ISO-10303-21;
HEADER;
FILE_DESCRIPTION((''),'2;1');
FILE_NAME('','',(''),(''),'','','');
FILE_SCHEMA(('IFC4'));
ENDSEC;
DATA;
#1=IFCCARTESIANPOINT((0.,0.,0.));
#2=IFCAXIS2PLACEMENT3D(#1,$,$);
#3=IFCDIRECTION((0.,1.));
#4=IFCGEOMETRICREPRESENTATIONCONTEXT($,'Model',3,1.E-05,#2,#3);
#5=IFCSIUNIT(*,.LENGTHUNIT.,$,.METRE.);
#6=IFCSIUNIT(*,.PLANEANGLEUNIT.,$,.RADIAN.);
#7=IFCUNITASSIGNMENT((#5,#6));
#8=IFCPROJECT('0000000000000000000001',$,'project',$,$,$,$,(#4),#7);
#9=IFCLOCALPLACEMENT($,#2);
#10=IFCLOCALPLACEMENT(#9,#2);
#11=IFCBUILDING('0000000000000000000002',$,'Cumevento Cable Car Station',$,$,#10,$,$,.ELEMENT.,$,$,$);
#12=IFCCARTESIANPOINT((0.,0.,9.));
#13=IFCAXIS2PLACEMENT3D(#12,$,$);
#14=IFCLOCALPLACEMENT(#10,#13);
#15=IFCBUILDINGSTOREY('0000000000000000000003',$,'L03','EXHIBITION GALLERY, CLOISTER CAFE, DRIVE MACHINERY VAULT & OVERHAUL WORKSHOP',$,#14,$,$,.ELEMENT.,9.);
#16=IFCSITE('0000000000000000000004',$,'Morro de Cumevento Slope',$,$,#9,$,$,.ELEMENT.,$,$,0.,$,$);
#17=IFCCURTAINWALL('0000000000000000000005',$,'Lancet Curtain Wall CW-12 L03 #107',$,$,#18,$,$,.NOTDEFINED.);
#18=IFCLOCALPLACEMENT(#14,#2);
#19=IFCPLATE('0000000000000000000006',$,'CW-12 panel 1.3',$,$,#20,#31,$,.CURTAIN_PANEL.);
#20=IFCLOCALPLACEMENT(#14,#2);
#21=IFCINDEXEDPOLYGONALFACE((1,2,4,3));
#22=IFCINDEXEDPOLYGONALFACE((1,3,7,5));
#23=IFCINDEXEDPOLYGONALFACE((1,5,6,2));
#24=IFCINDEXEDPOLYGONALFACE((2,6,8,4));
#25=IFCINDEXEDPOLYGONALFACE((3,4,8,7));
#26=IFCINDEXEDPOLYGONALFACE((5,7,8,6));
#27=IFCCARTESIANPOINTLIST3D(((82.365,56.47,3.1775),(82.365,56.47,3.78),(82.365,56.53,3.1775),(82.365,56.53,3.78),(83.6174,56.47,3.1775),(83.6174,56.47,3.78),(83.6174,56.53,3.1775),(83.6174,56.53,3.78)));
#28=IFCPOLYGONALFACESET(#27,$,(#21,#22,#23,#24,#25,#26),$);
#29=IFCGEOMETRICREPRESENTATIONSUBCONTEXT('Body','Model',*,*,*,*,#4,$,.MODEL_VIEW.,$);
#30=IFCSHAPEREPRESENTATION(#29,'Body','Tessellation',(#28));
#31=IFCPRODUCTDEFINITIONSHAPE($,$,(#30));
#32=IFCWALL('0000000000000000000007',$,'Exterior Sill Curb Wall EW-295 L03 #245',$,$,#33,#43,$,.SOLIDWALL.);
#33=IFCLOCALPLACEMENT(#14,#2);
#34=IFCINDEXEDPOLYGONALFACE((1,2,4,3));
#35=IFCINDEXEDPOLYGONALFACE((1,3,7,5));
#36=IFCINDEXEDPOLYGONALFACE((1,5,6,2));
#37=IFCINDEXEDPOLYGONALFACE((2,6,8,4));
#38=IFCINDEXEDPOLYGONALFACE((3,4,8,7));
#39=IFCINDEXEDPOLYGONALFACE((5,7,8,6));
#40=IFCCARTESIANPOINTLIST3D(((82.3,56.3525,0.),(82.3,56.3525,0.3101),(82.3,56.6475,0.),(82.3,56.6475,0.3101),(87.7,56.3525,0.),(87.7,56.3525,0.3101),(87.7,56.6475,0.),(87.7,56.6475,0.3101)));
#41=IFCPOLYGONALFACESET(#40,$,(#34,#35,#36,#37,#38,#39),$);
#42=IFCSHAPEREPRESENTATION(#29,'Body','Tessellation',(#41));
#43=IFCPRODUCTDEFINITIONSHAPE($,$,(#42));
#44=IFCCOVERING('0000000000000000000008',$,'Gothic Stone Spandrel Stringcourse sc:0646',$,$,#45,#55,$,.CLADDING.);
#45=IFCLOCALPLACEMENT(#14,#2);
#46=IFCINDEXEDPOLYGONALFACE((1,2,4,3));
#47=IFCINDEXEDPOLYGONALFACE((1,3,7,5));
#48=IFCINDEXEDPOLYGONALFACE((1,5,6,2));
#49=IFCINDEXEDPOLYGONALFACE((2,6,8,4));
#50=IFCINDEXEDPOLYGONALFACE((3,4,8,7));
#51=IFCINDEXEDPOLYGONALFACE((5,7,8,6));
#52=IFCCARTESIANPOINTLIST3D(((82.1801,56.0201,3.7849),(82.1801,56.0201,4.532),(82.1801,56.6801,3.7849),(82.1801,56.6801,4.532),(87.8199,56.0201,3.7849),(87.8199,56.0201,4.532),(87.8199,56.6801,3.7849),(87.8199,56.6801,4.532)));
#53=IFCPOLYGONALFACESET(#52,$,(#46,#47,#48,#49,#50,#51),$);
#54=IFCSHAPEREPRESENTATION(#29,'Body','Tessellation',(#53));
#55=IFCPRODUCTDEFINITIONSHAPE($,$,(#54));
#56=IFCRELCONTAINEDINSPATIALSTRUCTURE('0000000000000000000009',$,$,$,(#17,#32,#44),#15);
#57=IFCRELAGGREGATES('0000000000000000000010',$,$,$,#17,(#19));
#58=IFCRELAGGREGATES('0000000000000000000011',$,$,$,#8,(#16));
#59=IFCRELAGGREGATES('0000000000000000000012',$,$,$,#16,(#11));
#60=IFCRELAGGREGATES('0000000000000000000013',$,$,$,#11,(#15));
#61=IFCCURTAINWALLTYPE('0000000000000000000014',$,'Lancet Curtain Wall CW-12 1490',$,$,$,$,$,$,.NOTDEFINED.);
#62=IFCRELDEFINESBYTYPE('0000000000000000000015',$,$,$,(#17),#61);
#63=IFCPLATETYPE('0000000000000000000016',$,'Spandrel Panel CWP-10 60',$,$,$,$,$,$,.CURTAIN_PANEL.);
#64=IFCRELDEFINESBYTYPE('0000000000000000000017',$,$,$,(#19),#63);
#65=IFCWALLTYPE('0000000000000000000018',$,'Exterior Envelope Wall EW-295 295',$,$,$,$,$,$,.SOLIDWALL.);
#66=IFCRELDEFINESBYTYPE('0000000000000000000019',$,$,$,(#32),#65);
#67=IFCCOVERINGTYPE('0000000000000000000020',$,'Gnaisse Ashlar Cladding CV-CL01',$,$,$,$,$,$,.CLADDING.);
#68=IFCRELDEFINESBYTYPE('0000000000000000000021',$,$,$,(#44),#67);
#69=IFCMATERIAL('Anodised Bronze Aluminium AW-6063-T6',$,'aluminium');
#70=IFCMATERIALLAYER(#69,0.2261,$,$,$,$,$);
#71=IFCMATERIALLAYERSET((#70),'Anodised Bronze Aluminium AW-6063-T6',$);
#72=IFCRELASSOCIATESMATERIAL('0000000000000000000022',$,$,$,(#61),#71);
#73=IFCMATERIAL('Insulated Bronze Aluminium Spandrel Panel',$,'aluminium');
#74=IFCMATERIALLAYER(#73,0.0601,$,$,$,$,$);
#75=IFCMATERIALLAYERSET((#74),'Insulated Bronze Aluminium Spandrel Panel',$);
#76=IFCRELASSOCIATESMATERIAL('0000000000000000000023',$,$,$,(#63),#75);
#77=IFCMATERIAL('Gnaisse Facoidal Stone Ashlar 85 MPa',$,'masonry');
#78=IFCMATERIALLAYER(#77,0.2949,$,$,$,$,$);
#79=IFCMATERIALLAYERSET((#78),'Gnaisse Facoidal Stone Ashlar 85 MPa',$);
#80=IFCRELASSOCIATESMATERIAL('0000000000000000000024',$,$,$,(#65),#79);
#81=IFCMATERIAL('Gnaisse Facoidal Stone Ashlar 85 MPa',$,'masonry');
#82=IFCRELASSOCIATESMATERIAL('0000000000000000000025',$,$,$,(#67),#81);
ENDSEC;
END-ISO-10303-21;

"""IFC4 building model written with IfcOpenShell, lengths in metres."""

from ifc_helpers import new_model, si_unit, direction, frame, frame_2d, origin, origin_2d, place, context, subcontext, project, spatial, rectangle, extrude, material, layer, layer_set, type_object, element, aggregate, save


model = new_model("IFC4")

# Units and contexts
model_context = context("Model", 3, precision=1e-05, world=origin(), true_north=direction((0.0, 1.0)))
body_context = subcontext(model_context, "Body", "Model", "MODEL_VIEW")
ifc_project = project(units=[si_unit("LENGTHUNIT", "METRE"), si_unit("PLANEANGLEUNIT", "RADIAN")], contexts=[model_context])

# Site, building, storey
site_placement = place(None, origin())
site = spatial("IfcSite", under=ifc_project, at=site_placement, Name="Morro de Cumevento Slope", CompositionType="ELEMENT", RefElevation=0.0)
building_placement = place(site_placement, origin())
building = spatial("IfcBuilding", under=site, at=building_placement, Name="Cumevento Cable Car Station", CompositionType="ELEMENT")
storey_placement = place(building_placement, frame((0.0, 0.0, 9.0)))
storey = spatial("IfcBuildingStorey", under=building, at=storey_placement, Name="L03", Description="EXHIBITION GALLERY, CLOISTER CAFE, DRIVE MACHINERY VAULT & OVERHAUL WORKSHOP", CompositionType="ELEMENT", Elevation=9.0)

# Curtain wall
ifc_material_1 = material(Name="Anodised Bronze Aluminium AW-6063-T6", Category="aluminium")
ifc_layer_1 = layer(ifc_material_1, 0.2261)
ifc_layer_set_1 = layer_set([ifc_layer_1], Name="Anodised Bronze Aluminium AW-6063-T6")
curtain_wall_type = type_object("IfcCurtainWallType", Name="Lancet Curtain Wall CW-12 1490", PredefinedType="NOTDEFINED", material=ifc_layer_set_1)
curtain_wall_placement = place(storey_placement, origin())
curtain_wall = element("IfcCurtainWall", 1, at=curtain_wall_placement, inside=storey, type_object=curtain_wall_type, Name="Lancet Curtain Wall CW-12 L03 #107", PredefinedType="NOTDEFINED")

# Plate
ifc_material_2 = material(Name="Insulated Bronze Aluminium Spandrel Panel", Category="aluminium")
ifc_layer_2 = layer(ifc_material_2, 0.0601)
ifc_layer_set_2 = layer_set([ifc_layer_2], Name="Insulated Bronze Aluminium Spandrel Panel")
plate_type = type_object("IfcPlateType", Name="Spandrel Panel CWP-10 60", PredefinedType="CURTAIN_PANEL", material=ifc_layer_set_2)
plate_1_placement = place(storey_placement, frame((82.9912, 56.5, 3.1775), z_axis=(0.0, 0.0, 1.0), x_axis=(1.0, 0.0, 0.0)))
plate_1 = element("IfcPlate", 2, at=plate_1_placement, type_object=plate_type, Name="CW-12 panel 1.3", PredefinedType="CURTAIN_PANEL", context=body_context, shape_type="SweptSolid", body=[
    extrude(rectangle(XDim=1.2524, YDim=0.0601, at=origin_2d()), origin(), (0.0, 0.0, 1.0), 0.6025),
])
aggregate(curtain_wall, [plate_1])

# Wall
ifc_material_3 = material(Name="Gnaisse Facoidal Stone Ashlar 85 MPa", Category="masonry")
ifc_layer_3 = layer(ifc_material_3, 0.2949)
ifc_layer_set_3 = layer_set([ifc_layer_3], Name="Gnaisse Facoidal Stone Ashlar 85 MPa")
wall_type = type_object("IfcWallType", Name="Exterior Envelope Wall EW-295 295", PredefinedType="SOLIDWALL", material=ifc_layer_set_3)
wall_placement = place(storey_placement, frame((82.3, 56.5, 0.0), z_axis=(0.0, 0.0, 1.0), x_axis=(1.0, 0.0, 0.0)))
element("IfcWall", 3, at=wall_placement, inside=storey, type_object=wall_type, Name="Exterior Sill Curb Wall EW-295 L03 #245", PredefinedType="SOLIDWALL", context=body_context, shape_type="SweptSolid", body=[
    extrude(rectangle(XDim=5.3999, YDim=0.2949, at=frame_2d((2.7, 0.0))), origin(), (0.0, 0.0, 1.0), 0.3101),
])

# Covering
ifc_material_4 = material(Name="Gnaisse Facoidal Stone Ashlar 85 MPa", Category="masonry")
covering_type = type_object("IfcCoveringType", Name="Gnaisse Ashlar Cladding CV-CL01", PredefinedType="CLADDING", material=ifc_material_4)
covering_1_placement = place(storey_placement, frame((85.0, 56.3501, 3.7849), z_axis=(0.0, 0.0, 1.0), x_axis=(1.0, 0.0, 0.0)))
element("IfcCovering", 4, at=covering_1_placement, inside=storey, type_object=covering_type, Name="Gothic Stone Spandrel Stringcourse sc:0646", PredefinedType="CLADDING", context=body_context, shape_type="SweptSolid", body=[
    extrude(rectangle(XDim=5.6399, YDim=0.6599, at=origin_2d()), origin(), (0.0, 0.0, 1.0), 0.7471),
])

save(model, "model.ifc")
